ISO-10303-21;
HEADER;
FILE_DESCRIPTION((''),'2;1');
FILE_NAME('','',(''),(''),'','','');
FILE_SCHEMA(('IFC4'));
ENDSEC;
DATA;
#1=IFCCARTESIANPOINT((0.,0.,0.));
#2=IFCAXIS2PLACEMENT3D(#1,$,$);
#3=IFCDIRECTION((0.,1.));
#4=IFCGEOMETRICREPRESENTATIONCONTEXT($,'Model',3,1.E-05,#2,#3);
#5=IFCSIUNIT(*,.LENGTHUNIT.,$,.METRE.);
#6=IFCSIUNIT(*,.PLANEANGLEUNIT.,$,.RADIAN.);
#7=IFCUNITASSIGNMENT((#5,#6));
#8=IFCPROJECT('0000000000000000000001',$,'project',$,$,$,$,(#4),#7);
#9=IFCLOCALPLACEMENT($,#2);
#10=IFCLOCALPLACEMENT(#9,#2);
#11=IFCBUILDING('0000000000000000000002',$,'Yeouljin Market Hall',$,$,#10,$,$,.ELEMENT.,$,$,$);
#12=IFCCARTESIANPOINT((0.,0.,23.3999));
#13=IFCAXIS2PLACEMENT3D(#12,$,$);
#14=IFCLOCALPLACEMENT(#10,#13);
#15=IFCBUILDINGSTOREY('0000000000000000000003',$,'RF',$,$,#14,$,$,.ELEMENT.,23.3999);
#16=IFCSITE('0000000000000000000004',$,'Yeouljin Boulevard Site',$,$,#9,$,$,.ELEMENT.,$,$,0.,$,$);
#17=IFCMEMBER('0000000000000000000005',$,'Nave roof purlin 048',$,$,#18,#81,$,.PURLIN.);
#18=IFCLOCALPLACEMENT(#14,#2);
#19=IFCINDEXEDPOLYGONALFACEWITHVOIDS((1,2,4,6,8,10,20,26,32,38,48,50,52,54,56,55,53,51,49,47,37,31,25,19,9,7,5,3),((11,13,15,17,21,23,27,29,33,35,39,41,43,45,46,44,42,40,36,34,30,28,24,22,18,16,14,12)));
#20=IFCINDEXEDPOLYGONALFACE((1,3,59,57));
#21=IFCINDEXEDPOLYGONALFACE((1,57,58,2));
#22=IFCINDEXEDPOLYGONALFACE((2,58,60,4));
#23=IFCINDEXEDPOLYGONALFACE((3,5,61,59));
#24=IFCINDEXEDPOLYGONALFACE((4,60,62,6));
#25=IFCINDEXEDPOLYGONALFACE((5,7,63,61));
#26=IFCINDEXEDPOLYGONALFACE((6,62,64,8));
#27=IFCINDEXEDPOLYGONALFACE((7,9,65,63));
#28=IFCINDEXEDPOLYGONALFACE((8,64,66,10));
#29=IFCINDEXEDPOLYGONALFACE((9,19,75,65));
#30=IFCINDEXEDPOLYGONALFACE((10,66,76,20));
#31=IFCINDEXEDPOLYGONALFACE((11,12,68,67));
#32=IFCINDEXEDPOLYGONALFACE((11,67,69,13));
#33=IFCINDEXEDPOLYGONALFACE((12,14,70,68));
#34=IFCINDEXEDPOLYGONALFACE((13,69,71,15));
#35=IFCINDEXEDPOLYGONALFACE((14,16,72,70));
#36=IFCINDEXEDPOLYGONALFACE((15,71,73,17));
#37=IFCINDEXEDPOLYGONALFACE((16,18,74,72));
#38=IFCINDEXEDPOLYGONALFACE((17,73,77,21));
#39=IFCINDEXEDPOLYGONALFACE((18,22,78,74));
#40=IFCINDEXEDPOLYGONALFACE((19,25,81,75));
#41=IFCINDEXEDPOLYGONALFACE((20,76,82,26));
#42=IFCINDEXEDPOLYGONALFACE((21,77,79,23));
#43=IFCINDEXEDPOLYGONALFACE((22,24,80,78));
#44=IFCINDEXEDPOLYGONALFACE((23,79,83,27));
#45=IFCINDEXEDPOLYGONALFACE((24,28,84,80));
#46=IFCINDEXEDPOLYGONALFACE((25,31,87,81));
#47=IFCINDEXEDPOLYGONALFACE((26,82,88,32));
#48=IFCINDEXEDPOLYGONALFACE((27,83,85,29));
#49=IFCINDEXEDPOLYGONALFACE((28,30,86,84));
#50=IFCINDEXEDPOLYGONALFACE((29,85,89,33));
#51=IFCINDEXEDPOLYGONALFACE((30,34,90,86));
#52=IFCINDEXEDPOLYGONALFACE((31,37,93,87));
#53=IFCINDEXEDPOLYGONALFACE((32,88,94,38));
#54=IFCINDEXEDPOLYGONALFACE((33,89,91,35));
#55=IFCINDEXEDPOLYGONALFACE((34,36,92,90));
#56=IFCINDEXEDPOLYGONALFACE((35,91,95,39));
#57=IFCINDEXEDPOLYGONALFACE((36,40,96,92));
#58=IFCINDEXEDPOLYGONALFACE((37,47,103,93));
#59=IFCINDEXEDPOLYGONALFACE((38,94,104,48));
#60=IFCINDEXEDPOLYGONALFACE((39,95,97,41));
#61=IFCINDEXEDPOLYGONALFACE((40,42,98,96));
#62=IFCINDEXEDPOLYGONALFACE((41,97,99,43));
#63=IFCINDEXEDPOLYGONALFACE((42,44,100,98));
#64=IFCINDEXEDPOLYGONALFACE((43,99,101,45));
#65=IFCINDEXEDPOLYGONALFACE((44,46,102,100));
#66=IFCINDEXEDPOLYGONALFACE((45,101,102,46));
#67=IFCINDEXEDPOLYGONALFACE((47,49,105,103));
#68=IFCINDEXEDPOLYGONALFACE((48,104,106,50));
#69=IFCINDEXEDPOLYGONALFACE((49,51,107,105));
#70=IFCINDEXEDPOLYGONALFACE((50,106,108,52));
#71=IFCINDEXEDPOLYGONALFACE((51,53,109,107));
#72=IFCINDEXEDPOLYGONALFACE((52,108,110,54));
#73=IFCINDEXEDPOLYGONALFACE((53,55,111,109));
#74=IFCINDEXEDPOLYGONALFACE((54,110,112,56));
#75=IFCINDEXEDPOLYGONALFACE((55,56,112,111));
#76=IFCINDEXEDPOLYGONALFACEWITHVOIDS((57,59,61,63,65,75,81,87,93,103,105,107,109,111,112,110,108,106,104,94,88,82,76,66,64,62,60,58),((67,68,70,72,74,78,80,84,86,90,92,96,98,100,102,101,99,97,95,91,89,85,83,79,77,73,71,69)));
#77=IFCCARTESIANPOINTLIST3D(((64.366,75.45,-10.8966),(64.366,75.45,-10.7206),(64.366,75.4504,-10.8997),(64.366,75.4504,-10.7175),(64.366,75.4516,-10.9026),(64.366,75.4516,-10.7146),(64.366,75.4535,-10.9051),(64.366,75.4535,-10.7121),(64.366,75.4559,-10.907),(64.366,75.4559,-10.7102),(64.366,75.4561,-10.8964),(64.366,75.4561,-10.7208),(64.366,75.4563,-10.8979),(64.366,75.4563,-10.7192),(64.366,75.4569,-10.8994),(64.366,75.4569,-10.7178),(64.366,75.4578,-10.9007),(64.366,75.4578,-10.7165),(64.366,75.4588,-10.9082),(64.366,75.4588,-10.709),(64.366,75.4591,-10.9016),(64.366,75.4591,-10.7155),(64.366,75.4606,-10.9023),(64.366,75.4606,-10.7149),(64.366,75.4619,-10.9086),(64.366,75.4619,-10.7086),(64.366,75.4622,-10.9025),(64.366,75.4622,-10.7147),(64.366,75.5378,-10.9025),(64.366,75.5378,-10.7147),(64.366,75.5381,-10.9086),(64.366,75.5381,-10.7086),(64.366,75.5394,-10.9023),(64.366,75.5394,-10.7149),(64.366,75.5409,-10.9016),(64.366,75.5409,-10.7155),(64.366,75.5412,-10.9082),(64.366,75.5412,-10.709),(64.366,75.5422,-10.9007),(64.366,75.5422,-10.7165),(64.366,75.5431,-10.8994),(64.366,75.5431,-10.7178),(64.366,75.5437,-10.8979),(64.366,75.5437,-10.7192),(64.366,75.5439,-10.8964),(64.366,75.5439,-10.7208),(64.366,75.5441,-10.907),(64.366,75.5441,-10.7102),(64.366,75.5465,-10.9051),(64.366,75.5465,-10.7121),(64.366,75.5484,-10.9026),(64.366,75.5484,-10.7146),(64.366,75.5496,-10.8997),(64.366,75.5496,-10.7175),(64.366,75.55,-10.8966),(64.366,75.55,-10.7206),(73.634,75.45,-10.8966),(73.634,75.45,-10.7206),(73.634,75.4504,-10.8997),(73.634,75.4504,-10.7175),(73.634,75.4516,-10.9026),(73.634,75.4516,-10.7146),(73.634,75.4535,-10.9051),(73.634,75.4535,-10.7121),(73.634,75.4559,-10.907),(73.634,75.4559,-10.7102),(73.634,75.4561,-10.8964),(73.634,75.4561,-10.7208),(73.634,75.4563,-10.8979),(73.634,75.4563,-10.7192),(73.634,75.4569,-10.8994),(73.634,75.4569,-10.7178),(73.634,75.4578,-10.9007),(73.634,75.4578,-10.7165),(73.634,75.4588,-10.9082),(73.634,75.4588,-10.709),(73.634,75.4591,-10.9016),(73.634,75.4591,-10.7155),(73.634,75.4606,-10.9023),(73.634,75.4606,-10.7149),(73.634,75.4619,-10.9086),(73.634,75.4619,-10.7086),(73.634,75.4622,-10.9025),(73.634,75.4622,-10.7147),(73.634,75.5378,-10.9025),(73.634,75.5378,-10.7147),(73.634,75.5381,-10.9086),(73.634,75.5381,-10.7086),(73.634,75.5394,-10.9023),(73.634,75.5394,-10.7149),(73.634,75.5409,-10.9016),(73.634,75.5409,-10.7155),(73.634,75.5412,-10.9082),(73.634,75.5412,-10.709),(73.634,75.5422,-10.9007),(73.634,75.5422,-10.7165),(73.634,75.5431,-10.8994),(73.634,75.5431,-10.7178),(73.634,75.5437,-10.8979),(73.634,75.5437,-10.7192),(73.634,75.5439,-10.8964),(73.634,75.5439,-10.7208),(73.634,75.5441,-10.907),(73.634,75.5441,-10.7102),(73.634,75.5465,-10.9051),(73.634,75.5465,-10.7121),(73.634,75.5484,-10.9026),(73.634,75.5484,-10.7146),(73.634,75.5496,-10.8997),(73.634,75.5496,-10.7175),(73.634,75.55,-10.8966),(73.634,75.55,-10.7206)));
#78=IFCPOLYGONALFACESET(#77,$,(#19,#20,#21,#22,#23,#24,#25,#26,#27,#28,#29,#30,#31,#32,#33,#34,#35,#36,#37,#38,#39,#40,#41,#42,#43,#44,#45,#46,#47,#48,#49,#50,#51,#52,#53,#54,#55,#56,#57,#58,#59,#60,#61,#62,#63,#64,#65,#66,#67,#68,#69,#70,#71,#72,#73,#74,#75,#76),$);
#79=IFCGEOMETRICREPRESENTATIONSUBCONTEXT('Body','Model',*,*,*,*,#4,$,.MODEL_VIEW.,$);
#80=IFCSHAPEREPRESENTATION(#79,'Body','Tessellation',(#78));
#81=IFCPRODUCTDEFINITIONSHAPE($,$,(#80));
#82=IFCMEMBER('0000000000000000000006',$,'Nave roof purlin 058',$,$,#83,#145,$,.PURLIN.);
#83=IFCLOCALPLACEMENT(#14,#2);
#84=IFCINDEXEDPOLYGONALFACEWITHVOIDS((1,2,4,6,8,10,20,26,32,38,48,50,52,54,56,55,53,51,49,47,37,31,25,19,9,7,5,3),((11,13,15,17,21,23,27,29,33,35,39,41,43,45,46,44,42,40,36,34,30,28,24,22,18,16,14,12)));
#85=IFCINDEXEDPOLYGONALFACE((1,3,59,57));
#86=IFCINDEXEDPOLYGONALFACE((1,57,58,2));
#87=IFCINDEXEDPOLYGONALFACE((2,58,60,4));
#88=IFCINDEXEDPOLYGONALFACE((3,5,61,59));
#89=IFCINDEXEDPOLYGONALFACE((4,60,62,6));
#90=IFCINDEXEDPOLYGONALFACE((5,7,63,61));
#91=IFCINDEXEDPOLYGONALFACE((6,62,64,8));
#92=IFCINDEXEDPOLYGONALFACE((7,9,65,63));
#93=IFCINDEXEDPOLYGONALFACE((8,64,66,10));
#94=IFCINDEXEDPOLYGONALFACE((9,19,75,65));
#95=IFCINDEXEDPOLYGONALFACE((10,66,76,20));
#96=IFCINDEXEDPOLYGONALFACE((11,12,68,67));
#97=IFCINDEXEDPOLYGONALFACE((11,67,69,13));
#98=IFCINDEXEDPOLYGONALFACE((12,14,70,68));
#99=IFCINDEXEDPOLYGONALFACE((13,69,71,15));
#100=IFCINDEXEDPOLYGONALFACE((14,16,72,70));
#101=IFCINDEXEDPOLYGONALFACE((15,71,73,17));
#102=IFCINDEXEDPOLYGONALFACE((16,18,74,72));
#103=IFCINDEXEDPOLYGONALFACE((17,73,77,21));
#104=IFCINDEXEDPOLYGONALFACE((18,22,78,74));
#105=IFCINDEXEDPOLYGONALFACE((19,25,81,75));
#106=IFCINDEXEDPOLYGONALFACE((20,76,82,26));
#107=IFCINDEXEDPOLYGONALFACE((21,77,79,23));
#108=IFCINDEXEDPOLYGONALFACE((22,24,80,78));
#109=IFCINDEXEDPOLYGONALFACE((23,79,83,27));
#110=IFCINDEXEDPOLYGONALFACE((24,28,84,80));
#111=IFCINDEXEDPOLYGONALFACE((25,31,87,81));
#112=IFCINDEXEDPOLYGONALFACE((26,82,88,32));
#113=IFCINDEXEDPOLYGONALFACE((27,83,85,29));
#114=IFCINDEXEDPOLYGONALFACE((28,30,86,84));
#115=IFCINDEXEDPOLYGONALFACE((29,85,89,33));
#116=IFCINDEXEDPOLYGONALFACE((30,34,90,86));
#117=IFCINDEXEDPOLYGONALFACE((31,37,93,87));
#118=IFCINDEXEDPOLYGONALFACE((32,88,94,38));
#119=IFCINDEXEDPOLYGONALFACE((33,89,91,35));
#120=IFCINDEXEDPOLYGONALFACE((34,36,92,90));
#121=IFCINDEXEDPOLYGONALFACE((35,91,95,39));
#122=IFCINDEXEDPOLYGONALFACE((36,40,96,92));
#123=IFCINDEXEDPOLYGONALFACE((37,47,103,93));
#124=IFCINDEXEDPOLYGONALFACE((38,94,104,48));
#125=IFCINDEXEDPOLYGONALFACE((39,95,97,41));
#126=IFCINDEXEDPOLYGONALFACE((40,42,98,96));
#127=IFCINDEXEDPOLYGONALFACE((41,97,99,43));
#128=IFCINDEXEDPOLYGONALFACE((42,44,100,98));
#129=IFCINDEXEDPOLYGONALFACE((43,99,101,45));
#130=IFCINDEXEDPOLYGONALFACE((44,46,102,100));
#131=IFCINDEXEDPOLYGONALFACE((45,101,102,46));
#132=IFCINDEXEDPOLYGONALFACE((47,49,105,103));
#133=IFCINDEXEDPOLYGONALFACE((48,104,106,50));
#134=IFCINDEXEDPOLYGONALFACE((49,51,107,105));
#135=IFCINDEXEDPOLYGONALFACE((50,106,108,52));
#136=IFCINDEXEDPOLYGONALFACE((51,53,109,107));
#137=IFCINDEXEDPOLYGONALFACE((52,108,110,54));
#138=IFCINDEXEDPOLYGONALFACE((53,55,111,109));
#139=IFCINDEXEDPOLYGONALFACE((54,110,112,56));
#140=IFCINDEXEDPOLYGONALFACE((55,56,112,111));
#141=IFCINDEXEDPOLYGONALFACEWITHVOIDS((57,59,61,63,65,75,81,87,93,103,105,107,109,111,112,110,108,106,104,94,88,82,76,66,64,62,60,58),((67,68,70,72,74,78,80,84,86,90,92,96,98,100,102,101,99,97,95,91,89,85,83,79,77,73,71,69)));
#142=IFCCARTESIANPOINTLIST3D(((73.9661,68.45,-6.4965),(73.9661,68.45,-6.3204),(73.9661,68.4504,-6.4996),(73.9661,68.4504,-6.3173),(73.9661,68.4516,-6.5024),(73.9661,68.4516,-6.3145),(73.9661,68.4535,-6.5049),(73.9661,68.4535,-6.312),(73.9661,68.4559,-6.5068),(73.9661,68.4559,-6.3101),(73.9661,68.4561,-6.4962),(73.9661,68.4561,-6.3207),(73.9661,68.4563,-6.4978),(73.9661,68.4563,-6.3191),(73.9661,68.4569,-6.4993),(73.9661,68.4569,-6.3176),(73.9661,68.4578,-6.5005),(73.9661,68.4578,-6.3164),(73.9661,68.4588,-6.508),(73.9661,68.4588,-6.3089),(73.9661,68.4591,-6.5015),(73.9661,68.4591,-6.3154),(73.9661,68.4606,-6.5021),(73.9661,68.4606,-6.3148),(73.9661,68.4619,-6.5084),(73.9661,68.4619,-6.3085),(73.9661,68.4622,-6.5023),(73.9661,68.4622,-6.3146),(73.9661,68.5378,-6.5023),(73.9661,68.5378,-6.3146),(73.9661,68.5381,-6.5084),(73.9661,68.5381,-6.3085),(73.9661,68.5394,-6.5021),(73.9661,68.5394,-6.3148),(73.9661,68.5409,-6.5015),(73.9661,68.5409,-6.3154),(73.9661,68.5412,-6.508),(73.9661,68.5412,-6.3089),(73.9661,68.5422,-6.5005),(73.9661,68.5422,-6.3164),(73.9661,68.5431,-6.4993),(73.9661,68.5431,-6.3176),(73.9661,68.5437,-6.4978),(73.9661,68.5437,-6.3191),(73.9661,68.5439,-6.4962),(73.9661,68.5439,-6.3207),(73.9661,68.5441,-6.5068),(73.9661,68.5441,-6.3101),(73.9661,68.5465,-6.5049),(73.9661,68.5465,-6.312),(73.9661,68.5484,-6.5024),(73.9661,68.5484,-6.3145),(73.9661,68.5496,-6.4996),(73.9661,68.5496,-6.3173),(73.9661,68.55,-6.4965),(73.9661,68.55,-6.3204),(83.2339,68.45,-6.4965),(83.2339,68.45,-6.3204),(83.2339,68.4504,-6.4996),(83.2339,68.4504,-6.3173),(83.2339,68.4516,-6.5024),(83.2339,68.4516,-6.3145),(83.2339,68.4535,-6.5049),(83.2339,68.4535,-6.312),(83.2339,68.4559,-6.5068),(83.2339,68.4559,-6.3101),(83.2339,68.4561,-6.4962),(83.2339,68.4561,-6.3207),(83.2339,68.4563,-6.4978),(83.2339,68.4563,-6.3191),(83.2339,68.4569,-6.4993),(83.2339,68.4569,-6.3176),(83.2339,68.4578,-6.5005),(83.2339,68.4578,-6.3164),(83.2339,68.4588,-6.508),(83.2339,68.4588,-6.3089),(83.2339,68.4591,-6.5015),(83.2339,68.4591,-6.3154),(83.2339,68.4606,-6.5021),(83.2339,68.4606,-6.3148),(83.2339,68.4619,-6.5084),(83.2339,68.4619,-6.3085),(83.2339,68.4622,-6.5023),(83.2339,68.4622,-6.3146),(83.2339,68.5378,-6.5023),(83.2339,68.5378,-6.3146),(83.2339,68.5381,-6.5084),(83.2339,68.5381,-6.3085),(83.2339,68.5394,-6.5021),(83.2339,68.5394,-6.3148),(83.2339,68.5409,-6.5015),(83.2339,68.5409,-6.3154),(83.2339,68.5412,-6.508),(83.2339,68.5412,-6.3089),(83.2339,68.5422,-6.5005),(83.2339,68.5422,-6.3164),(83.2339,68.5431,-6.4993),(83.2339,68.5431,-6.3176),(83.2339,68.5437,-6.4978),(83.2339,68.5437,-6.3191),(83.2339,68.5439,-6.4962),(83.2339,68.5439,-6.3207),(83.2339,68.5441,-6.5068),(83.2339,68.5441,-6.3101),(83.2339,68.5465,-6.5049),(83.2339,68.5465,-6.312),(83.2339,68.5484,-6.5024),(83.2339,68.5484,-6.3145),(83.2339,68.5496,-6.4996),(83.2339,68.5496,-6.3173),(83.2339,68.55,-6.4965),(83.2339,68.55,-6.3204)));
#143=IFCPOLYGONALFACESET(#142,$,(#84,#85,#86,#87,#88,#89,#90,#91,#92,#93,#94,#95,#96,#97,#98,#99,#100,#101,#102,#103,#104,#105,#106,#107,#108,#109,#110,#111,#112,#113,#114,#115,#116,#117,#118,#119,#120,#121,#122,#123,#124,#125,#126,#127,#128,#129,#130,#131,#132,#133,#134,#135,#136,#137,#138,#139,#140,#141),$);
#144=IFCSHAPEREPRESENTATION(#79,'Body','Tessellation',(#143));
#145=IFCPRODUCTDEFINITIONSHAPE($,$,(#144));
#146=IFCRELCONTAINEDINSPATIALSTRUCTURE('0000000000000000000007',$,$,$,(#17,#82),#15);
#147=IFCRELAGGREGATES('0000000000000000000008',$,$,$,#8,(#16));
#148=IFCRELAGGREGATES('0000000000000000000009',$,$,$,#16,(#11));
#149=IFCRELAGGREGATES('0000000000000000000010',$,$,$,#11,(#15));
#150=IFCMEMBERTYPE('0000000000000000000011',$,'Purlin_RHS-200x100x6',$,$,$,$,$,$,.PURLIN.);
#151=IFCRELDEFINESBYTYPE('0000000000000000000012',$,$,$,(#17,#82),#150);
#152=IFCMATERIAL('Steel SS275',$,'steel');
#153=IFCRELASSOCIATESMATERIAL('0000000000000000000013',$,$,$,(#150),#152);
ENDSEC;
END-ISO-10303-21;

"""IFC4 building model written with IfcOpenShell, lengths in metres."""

from ifc_helpers import new_model, si_unit, direction, frame, origin, origin_2d, place, context, subcontext, project, spatial, hollow_rectangle, extrude, material, material_profile, profile_set, type_object, element, save


model = new_model("IFC4")

# Units and contexts
model_context = context("Model", 3, precision=1e-05, world=origin(), true_north=direction((0.0, 1.0)))
body_context = subcontext(model_context, "Body", "Model", "MODEL_VIEW")
ifc_project = project(units=[si_unit("LENGTHUNIT", "METRE"), si_unit("PLANEANGLEUNIT", "RADIAN")], contexts=[model_context])

# Site, building, storey
site_placement = place(None, origin())
site = spatial("IfcSite", under=ifc_project, at=site_placement, Name="Yeouljin Boulevard Site", CompositionType="ELEMENT", RefElevation=0.0)
building_placement = place(site_placement, origin())
building = spatial("IfcBuilding", under=site, at=building_placement, Name="Yeouljin Market Hall", CompositionType="ELEMENT")
storey_placement = place(building_placement, frame((0.0, 0.0, 23.3999)))
storey = spatial("IfcBuildingStorey", under=building, at=storey_placement, Name="RF", CompositionType="ELEMENT", Elevation=23.3999)

# Members
ifc_material_1 = material(Name="Steel SS275", Category="steel")
ifc_material_profile_1 = material_profile(ifc_material_1, hollow_rectangle(XDim=0.1001, YDim=0.2, WallThickness=0.0061, InnerFilletRadius=0.0061, OuterFilletRadius=0.012, at=origin_2d()), Name="RHS-200x100x6")
ifc_profile_set_1 = profile_set([ifc_material_profile_1], Name="Steel SS275")
member_type_1 = type_object("IfcMemberType", Name="Purlin_RHS-200x100x6", PredefinedType="PURLIN", material=ifc_profile_set_1)
for number, where, z_axis, x_axis, name in (
    (1, (64.366, 75.5, -10.8086), (1.0, 0.0, 0.0), (0.0, 1.0, 0.0), "Nave roof purlin 048"),
):
    element("IfcMember", number, at=place(storey_placement, frame(where, z_axis=z_axis, x_axis=x_axis)), inside=storey, type_object=member_type_1, Name=name, PredefinedType="PURLIN", context=body_context, shape_type="SweptSolid", body=[
        extrude(hollow_rectangle(XDim=0.1001, YDim=0.2, WallThickness=0.0061, InnerFilletRadius=0.0061, OuterFilletRadius=0.012, at=origin_2d()), origin(), (0.0, 0.0, 1.0), 9.2681),
    ])
for number, where, z_axis, x_axis, name in (
    (2, (73.9661, 68.5, -6.4084), (1.0, 0.0, 0.0), (0.0, 1.0, 0.0), "Nave roof purlin 058"),
):
    element("IfcMember", number, at=place(storey_placement, frame(where, z_axis=z_axis, x_axis=x_axis)), inside=storey, type_object=member_type_1, Name=name, PredefinedType="PURLIN", context=body_context, shape_type="SweptSolid", body=[
        extrude(hollow_rectangle(XDim=0.1001, YDim=0.2, WallThickness=0.0061, InnerFilletRadius=0.0061, OuterFilletRadius=0.012, at=origin_2d()), origin(), (0.0, 0.0, 1.0), 9.2678),
    ])

save(model, "model.ifc")
